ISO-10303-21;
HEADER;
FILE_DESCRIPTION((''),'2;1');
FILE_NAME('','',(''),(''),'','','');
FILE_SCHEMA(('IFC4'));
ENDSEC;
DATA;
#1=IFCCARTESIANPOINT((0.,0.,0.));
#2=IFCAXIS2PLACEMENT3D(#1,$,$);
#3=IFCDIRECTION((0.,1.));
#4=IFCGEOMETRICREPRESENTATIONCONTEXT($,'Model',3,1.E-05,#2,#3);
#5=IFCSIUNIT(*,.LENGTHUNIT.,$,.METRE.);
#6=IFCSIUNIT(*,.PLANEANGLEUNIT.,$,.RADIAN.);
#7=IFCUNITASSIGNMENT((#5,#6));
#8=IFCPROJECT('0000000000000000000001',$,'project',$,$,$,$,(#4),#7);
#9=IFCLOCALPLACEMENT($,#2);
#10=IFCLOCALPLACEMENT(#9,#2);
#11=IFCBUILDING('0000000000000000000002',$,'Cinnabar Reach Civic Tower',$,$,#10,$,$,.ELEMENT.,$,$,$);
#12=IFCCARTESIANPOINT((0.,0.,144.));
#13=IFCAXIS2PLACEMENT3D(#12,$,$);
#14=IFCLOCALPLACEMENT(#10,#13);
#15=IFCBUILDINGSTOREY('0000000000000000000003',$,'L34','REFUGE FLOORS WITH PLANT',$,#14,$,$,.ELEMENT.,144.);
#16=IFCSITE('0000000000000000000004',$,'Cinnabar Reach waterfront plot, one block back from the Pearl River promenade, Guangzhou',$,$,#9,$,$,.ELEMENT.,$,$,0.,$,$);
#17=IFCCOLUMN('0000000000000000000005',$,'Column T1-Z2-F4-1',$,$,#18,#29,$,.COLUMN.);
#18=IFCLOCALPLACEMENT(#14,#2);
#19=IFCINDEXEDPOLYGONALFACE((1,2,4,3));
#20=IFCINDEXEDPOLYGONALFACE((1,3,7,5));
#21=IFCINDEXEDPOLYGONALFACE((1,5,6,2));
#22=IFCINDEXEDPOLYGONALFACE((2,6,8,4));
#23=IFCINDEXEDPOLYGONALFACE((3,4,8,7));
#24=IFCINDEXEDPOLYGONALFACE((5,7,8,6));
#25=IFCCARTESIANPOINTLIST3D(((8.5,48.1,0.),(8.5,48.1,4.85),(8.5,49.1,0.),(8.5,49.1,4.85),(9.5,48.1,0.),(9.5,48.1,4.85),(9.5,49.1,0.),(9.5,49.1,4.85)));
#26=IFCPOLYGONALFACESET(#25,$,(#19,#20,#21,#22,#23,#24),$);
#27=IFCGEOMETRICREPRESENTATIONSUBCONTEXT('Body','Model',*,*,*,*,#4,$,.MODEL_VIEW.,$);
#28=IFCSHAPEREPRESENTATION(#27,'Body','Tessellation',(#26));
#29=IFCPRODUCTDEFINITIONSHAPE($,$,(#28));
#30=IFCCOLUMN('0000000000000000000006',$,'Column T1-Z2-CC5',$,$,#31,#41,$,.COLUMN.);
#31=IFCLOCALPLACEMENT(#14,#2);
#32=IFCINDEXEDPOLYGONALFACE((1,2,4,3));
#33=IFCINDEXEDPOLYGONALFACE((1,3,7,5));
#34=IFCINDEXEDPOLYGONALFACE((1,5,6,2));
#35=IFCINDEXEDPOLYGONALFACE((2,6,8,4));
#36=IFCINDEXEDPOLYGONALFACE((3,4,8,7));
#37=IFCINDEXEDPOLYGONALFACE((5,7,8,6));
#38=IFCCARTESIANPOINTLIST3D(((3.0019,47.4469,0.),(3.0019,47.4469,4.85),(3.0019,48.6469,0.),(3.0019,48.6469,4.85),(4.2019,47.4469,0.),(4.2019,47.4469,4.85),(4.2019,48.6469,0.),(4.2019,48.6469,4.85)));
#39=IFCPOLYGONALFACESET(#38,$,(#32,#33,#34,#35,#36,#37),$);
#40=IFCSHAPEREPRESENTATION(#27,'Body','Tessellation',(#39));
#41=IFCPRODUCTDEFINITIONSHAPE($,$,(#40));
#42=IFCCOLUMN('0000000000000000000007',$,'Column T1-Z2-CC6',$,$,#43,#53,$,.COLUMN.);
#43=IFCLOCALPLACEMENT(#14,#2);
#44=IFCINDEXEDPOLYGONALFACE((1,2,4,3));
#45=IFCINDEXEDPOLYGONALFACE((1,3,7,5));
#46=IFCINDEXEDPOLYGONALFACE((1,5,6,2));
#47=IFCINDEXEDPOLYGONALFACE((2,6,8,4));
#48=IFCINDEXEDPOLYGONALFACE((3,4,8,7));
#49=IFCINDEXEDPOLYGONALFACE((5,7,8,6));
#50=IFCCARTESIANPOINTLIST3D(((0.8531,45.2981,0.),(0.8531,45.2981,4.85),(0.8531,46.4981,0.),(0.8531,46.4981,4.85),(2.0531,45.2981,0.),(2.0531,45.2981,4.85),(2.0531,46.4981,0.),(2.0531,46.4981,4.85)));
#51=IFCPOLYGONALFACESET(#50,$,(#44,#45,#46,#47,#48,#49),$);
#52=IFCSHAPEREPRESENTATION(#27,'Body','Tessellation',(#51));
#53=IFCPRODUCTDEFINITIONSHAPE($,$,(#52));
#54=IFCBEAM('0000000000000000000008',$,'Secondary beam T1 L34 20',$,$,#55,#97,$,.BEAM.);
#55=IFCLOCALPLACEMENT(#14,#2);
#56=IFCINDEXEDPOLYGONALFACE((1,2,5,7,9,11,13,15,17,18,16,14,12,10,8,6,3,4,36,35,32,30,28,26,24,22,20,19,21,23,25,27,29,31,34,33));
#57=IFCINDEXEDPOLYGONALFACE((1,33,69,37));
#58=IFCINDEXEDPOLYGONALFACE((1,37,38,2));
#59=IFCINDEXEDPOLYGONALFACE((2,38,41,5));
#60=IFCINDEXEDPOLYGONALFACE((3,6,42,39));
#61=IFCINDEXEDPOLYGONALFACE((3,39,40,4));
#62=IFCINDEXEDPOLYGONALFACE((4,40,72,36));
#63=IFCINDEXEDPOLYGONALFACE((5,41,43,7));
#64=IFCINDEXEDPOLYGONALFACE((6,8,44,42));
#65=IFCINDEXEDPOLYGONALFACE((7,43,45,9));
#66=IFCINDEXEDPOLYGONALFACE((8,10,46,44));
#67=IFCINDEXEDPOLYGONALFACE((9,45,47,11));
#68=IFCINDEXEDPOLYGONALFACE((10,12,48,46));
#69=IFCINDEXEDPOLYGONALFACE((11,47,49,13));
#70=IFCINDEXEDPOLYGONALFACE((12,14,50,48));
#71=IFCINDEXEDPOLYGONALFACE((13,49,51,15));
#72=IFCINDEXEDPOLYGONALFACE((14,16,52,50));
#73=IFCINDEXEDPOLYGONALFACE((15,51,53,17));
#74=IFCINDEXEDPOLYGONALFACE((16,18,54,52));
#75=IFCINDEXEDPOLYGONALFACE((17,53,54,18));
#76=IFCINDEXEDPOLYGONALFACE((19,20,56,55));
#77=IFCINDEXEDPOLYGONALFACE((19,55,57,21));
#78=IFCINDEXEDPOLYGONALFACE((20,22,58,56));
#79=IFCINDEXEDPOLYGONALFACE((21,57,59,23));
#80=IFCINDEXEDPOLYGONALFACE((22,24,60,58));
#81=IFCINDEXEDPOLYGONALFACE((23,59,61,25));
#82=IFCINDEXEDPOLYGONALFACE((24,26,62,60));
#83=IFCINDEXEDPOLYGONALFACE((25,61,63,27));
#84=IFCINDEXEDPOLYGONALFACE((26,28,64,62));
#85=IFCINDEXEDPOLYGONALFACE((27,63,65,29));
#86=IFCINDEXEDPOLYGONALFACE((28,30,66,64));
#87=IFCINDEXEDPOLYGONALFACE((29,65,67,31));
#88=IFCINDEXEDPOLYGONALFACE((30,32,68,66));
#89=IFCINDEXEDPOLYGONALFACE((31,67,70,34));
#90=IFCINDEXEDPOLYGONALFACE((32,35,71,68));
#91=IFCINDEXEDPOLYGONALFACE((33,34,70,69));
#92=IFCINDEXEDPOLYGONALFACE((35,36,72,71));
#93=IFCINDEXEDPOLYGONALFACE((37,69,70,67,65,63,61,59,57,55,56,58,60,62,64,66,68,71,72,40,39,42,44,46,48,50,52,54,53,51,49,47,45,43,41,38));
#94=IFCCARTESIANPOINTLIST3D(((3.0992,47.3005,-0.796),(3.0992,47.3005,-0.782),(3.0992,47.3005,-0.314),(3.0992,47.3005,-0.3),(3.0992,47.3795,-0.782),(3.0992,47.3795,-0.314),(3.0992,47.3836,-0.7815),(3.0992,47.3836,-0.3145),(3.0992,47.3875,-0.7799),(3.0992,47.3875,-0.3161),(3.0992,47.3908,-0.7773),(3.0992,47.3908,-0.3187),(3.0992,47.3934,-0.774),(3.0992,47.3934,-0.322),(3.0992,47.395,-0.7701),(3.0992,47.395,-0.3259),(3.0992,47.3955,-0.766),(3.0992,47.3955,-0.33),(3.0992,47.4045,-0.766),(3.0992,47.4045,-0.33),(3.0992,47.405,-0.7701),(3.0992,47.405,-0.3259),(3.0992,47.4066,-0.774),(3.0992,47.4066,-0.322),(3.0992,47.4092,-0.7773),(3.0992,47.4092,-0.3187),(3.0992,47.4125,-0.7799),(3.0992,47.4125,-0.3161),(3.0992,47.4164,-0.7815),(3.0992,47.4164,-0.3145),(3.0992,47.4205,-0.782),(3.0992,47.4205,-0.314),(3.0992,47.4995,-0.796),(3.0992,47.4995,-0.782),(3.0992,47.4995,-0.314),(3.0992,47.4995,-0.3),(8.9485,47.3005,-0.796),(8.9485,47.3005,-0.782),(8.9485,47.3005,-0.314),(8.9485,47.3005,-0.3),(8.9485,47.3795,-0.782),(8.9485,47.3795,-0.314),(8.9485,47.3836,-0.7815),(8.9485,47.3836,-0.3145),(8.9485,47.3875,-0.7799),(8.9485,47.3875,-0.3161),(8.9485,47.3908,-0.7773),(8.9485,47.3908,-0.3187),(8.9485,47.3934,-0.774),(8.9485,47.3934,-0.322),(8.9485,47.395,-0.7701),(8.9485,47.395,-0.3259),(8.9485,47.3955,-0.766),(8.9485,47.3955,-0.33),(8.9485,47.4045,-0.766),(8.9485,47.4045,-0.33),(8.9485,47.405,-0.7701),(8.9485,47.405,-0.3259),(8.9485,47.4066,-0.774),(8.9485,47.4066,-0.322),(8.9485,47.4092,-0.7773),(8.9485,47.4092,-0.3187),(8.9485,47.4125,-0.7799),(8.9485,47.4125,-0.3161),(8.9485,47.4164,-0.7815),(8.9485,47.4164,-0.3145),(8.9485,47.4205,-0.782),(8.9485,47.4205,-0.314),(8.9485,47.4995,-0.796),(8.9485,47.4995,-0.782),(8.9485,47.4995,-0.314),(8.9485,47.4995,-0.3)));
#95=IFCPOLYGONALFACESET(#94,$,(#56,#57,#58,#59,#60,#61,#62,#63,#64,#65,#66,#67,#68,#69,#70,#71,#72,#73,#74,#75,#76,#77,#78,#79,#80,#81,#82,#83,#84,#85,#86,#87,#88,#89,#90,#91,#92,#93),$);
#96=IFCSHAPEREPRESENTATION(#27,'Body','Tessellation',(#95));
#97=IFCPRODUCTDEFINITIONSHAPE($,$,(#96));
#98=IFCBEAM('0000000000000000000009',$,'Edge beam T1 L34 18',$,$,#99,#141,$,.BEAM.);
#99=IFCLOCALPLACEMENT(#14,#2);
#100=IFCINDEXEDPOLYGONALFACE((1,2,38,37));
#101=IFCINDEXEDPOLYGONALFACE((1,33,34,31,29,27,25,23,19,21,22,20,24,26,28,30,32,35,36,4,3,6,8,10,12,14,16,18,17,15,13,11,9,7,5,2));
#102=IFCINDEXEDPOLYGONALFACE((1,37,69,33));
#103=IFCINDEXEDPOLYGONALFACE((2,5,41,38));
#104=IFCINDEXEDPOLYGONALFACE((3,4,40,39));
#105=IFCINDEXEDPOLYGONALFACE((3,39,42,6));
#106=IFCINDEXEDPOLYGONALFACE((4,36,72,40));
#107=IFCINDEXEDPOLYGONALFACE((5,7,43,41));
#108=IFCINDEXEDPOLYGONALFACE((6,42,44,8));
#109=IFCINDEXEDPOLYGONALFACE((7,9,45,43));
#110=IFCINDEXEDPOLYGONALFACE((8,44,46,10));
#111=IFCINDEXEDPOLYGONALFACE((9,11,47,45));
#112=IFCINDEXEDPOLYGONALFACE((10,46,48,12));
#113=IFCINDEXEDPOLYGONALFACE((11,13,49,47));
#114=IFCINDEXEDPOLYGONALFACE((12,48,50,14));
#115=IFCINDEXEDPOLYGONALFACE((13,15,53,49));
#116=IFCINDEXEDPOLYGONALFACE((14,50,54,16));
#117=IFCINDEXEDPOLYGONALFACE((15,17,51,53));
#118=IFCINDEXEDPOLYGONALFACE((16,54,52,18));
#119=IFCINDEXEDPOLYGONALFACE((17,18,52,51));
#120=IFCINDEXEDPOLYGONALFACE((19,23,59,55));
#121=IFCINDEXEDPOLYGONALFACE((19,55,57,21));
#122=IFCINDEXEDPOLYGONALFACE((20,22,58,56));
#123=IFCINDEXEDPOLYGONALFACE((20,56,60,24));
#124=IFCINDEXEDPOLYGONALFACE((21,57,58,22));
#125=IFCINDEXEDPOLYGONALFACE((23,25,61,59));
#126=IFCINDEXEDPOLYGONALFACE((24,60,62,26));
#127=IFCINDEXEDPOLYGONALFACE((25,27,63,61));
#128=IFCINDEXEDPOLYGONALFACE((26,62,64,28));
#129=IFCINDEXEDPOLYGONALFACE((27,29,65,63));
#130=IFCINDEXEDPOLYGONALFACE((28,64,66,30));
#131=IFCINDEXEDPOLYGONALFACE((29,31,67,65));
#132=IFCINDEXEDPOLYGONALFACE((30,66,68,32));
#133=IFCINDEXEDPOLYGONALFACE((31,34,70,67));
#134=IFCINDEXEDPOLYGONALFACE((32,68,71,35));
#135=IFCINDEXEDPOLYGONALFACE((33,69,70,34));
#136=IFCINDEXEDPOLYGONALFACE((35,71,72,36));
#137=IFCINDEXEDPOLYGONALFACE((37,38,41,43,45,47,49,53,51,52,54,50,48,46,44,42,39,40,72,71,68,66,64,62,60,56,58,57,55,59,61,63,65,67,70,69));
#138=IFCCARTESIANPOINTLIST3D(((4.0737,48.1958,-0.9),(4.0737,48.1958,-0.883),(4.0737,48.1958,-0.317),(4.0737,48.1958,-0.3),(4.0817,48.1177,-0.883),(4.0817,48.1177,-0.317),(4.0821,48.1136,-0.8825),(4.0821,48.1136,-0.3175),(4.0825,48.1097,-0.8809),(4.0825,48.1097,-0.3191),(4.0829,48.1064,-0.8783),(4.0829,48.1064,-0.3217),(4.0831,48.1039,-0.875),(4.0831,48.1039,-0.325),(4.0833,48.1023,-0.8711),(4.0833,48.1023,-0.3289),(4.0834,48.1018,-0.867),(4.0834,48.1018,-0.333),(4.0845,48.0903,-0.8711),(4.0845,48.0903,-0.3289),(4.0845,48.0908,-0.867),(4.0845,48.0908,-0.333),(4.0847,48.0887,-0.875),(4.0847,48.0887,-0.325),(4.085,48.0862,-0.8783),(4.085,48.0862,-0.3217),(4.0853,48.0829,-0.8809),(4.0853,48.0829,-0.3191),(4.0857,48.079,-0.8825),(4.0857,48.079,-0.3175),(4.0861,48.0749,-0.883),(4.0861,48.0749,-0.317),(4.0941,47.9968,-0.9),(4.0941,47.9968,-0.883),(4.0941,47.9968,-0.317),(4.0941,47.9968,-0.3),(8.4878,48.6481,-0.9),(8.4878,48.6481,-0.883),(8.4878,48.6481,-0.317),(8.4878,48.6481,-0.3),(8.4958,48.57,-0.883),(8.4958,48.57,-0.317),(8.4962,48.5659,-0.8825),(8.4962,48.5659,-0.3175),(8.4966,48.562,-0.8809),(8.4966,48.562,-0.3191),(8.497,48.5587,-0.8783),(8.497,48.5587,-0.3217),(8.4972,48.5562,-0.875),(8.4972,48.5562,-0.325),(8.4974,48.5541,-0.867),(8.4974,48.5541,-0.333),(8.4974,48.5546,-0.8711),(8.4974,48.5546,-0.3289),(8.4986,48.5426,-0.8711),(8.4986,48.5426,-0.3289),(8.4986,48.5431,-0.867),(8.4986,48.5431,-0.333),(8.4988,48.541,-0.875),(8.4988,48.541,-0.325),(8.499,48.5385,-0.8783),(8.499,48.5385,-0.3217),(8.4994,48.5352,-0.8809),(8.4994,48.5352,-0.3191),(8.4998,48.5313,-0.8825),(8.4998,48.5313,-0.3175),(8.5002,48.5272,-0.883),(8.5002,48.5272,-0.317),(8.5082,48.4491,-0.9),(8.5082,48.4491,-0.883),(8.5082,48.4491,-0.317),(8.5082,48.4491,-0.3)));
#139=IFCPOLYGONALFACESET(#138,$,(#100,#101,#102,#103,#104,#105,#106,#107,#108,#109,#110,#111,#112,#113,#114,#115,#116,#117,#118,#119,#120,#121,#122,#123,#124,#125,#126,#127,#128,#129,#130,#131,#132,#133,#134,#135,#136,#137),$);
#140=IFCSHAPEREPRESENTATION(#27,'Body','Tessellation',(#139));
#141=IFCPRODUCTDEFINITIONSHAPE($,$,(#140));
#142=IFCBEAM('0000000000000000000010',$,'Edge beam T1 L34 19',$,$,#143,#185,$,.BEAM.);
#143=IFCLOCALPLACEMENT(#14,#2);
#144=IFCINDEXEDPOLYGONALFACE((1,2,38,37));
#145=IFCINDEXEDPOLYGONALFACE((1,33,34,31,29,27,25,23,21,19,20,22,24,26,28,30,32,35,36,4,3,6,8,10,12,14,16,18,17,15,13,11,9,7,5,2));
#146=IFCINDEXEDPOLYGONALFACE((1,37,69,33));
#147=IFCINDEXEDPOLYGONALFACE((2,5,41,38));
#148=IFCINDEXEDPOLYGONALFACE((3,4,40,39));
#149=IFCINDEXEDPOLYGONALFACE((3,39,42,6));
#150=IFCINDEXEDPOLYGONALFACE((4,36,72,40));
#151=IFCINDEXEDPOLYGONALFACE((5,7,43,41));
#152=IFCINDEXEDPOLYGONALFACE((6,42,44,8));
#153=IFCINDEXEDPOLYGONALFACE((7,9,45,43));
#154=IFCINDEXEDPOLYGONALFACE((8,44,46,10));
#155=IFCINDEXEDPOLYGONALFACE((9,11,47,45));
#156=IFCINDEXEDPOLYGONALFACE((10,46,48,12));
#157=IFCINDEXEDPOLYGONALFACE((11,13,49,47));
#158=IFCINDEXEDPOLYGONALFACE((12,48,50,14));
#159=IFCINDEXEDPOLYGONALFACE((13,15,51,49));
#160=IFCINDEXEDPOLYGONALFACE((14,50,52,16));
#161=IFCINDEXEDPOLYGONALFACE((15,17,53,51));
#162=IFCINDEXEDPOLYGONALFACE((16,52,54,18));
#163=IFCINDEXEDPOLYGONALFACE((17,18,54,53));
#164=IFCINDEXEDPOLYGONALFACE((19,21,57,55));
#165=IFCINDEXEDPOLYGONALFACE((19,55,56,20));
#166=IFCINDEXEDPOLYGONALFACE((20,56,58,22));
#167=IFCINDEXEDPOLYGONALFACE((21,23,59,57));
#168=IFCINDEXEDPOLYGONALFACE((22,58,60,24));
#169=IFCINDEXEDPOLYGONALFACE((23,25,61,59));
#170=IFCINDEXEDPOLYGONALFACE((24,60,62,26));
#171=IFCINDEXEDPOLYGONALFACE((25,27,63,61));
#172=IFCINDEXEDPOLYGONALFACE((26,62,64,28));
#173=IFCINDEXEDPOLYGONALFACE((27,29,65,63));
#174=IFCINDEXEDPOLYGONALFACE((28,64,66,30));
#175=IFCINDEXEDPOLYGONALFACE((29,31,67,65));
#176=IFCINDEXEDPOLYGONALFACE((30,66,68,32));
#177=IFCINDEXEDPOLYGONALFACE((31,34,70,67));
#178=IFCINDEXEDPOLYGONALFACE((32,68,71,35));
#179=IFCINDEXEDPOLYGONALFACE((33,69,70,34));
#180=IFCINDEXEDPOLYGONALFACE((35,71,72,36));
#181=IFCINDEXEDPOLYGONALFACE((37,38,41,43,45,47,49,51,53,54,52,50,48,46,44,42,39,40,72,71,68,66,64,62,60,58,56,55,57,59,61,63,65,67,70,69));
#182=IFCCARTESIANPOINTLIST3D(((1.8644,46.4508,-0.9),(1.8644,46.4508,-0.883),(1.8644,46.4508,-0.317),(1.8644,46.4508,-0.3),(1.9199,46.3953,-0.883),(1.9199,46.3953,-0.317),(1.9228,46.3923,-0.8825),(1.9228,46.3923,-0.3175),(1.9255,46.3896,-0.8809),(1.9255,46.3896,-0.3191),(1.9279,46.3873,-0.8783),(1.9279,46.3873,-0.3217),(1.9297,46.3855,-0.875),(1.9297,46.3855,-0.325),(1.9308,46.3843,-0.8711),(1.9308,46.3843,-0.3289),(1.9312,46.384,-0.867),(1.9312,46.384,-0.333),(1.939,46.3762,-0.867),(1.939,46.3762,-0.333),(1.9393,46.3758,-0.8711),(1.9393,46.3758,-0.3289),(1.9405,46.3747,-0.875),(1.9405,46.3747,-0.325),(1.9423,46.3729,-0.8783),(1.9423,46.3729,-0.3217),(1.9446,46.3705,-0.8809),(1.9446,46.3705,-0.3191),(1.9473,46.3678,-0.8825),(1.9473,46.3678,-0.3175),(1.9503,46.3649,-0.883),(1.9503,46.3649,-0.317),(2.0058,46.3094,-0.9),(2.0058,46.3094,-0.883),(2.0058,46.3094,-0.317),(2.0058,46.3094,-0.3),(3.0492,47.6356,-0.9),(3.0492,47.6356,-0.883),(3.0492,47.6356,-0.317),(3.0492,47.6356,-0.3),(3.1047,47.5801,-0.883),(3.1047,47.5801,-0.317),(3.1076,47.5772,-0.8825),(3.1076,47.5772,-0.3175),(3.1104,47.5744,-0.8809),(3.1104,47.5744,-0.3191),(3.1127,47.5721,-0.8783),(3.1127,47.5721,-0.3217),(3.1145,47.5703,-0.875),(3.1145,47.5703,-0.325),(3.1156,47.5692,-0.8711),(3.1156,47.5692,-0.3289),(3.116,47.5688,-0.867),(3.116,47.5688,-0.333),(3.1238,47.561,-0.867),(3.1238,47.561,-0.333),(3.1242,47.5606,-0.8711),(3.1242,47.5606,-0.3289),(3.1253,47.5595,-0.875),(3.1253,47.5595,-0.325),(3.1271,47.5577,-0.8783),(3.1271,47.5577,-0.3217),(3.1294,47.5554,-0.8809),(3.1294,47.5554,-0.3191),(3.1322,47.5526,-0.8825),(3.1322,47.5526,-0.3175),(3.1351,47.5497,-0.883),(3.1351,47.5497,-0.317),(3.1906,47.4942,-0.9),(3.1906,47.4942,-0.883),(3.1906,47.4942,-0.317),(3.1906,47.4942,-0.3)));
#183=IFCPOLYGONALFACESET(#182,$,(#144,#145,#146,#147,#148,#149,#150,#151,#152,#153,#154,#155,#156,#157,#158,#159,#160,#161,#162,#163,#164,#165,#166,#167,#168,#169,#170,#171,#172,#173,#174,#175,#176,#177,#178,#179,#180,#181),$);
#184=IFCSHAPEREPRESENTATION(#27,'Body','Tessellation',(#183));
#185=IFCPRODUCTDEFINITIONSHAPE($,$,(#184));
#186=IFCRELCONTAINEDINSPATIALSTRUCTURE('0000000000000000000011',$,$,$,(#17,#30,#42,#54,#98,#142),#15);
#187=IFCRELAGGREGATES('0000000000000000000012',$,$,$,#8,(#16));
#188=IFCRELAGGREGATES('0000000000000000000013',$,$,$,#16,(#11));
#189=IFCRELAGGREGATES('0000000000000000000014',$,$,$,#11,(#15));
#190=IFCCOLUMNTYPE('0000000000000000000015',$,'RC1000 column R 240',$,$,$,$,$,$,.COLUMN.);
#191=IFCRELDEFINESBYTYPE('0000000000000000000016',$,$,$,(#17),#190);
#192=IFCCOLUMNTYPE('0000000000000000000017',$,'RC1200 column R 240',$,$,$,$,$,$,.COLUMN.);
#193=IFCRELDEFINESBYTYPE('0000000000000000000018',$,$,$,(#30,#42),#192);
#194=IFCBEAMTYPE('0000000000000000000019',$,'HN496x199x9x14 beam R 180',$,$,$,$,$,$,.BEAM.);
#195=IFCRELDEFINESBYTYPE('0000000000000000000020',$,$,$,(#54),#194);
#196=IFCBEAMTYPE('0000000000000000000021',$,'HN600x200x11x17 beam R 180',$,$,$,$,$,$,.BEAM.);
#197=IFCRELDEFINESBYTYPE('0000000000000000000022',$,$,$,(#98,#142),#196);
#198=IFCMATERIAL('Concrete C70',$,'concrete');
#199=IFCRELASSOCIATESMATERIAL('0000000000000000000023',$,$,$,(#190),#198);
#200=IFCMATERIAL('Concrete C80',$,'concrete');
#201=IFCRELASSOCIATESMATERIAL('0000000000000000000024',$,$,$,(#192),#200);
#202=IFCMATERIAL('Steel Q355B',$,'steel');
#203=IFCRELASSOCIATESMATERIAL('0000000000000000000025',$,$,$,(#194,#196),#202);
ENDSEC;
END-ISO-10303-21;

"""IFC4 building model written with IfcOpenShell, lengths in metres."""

from ifc_helpers import new_model, si_unit, direction, frame, origin, origin_2d, place, context, subcontext, project, spatial, rectangle, i_section, extrude, material, material_profile, profile_set, type_object, element, save


model = new_model("IFC4")

# Units and contexts
model_context = context("Model", 3, precision=1e-05, world=origin(), true_north=direction((0.0, 1.0)))
body_context = subcontext(model_context, "Body", "Model", "MODEL_VIEW")
ifc_project = project(units=[si_unit("LENGTHUNIT", "METRE"), si_unit("PLANEANGLEUNIT", "RADIAN")], contexts=[model_context])

# Site, building, storey
site_placement = place(None, origin())
site = spatial("IfcSite", under=ifc_project, at=site_placement, Name="Cinnabar Reach waterfront plot, one block back from the Pearl River promenade, Guangzhou", CompositionType="ELEMENT", RefElevation=0.0)
building_placement = place(site_placement, origin())
building = spatial("IfcBuilding", under=site, at=building_placement, Name="Cinnabar Reach Civic Tower", CompositionType="ELEMENT")
storey_placement = place(building_placement, frame((0.0, 0.0, 144.0)))
storey = spatial("IfcBuildingStorey", under=building, at=storey_placement, Name="L34", Description="REFUGE FLOORS WITH PLANT", CompositionType="ELEMENT", Elevation=144.0)

# Columns
ifc_material_1 = material(Name="Concrete C70", Category="concrete")
ifc_material_profile_1 = material_profile(ifc_material_1, rectangle(XDim=1.0, YDim=1.0, at=origin_2d()), Name="RC1000")
ifc_profile_set_1 = profile_set([ifc_material_profile_1], Name="Concrete C70")
column_type_1 = type_object("IfcColumnType", Name="RC1000 column R 240", PredefinedType="COLUMN", material=ifc_profile_set_1)
column_placement = place(storey_placement, frame((9.0, 48.6, 0.0), z_axis=(0.0, 0.0, 1.0), x_axis=(1.0, 0.0, 0.0)))
element("IfcColumn", 1, at=column_placement, inside=storey, type_object=column_type_1, Name="Column T1-Z2-F4-1", PredefinedType="COLUMN", context=body_context, shape_type="SweptSolid", body=[
    extrude(rectangle(XDim=1.0, YDim=1.0, at=origin_2d()), origin(), (0.0, 0.0, 1.0), 4.85),
])
ifc_material_2 = material(Name="Concrete C80", Category="concrete")
ifc_material_profile_2 = material_profile(ifc_material_2, rectangle(XDim=1.2, YDim=1.2, at=origin_2d()), Name="RC1200")
ifc_profile_set_2 = profile_set([ifc_material_profile_2], Name="Concrete C80")
column_type_2 = type_object("IfcColumnType", Name="RC1200 column R 240", PredefinedType="COLUMN", material=ifc_profile_set_2)
for number, where, z_axis, x_axis, name in (
    (2, (3.6019, 48.0469, 0.0), (0.0, 0.0, 1.0), (1.0, 0.0, 0.0), "Column T1-Z2-CC5"),
    (3, (1.4531, 45.8981, 0.0), (0.0, 0.0, 1.0), (1.0, 0.0, 0.0), "Column T1-Z2-CC6"),
):
    element("IfcColumn", number, at=place(storey_placement, frame(where, z_axis=z_axis, x_axis=x_axis)), inside=storey, type_object=column_type_2, Name=name, PredefinedType="COLUMN", context=body_context, shape_type="SweptSolid", body=[
        extrude(rectangle(XDim=1.2, YDim=1.2, at=origin_2d()), origin(), (0.0, 0.0, 1.0), 4.85),
    ])

# Beams
ifc_material_3 = material(Name="Steel Q355B", Category="steel")
ifc_material_profile_3 = material_profile(ifc_material_3, i_section(OverallWidth=0.199, OverallDepth=0.496, WebThickness=0.009, FlangeThickness=0.014, FilletRadius=0.016, at=origin_2d()), Name="HN496x199x9x14")
ifc_profile_set_3 = profile_set([ifc_material_profile_3], Name="Steel Q355B")
beam_type_1 = type_object("IfcBeamType", Name="HN496x199x9x14 beam R 180", PredefinedType="BEAM", material=ifc_profile_set_3)
beam_1_placement = place(storey_placement, frame((3.0992, 47.4, -0.548), z_axis=(1.0, 0.0, 0.0), x_axis=(0.0, 1.0, 0.0)))
element("IfcBeam", 4, at=beam_1_placement, inside=storey, type_object=beam_type_1, Name="Secondary beam T1 L34 20", PredefinedType="BEAM", context=body_context, shape_type="SweptSolid", body=[
    extrude(i_section(OverallWidth=0.199, OverallDepth=0.496, WebThickness=0.009, FlangeThickness=0.014, FilletRadius=0.016, at=origin_2d()), origin(), (0.0, 0.0, 1.0), 5.8493),
])
ifc_material_profile_4 = material_profile(ifc_material_3, i_section(OverallWidth=0.2, OverallDepth=0.6, WebThickness=0.011, FlangeThickness=0.017, FilletRadius=0.016, at=origin_2d()), Name="HN600x200x11x17")
ifc_profile_set_4 = profile_set([ifc_material_profile_4], Name="Steel Q355B")
beam_type_2 = type_object("IfcBeamType", Name="HN600x200x11x17 beam R 180", PredefinedType="BEAM", material=ifc_profile_set_4)
beam_2_placement = place(storey_placement, frame((8.498, 48.5486, -0.6), z_axis=(-0.994791, -0.101933, 0.0), x_axis=(0.101933, -0.994791, 0.0)))
element("IfcBeam", 5, at=beam_2_placement, inside=storey, type_object=beam_type_2, Name="Edge beam T1 L34 18", PredefinedType="BEAM", context=body_context, shape_type="SweptSolid", body=[
    extrude(i_section(OverallWidth=0.2, OverallDepth=0.6, WebThickness=0.011, FlangeThickness=0.017, FilletRadius=0.016, at=origin_2d()), origin(), (0.0, 0.0, 1.0), 4.4372),
])
beam_3_placement = place(storey_placement, frame((3.1199, 47.5649, -0.6), z_axis=(-0.707107, -0.707107, 0.0), x_axis=(0.707107, -0.707107, 0.0)))
element("IfcBeam", 6, at=beam_3_placement, inside=storey, type_object=beam_type_2, Name="Edge beam T1 L34 19", PredefinedType="BEAM", context=body_context, shape_type="SweptSolid", body=[
    extrude(i_section(OverallWidth=0.2, OverallDepth=0.6, WebThickness=0.011, FlangeThickness=0.017, FilletRadius=0.016, at=origin_2d()), origin(), (0.0, 0.0, 1.0), 1.6756),
])

save(model, "model.ifc")
